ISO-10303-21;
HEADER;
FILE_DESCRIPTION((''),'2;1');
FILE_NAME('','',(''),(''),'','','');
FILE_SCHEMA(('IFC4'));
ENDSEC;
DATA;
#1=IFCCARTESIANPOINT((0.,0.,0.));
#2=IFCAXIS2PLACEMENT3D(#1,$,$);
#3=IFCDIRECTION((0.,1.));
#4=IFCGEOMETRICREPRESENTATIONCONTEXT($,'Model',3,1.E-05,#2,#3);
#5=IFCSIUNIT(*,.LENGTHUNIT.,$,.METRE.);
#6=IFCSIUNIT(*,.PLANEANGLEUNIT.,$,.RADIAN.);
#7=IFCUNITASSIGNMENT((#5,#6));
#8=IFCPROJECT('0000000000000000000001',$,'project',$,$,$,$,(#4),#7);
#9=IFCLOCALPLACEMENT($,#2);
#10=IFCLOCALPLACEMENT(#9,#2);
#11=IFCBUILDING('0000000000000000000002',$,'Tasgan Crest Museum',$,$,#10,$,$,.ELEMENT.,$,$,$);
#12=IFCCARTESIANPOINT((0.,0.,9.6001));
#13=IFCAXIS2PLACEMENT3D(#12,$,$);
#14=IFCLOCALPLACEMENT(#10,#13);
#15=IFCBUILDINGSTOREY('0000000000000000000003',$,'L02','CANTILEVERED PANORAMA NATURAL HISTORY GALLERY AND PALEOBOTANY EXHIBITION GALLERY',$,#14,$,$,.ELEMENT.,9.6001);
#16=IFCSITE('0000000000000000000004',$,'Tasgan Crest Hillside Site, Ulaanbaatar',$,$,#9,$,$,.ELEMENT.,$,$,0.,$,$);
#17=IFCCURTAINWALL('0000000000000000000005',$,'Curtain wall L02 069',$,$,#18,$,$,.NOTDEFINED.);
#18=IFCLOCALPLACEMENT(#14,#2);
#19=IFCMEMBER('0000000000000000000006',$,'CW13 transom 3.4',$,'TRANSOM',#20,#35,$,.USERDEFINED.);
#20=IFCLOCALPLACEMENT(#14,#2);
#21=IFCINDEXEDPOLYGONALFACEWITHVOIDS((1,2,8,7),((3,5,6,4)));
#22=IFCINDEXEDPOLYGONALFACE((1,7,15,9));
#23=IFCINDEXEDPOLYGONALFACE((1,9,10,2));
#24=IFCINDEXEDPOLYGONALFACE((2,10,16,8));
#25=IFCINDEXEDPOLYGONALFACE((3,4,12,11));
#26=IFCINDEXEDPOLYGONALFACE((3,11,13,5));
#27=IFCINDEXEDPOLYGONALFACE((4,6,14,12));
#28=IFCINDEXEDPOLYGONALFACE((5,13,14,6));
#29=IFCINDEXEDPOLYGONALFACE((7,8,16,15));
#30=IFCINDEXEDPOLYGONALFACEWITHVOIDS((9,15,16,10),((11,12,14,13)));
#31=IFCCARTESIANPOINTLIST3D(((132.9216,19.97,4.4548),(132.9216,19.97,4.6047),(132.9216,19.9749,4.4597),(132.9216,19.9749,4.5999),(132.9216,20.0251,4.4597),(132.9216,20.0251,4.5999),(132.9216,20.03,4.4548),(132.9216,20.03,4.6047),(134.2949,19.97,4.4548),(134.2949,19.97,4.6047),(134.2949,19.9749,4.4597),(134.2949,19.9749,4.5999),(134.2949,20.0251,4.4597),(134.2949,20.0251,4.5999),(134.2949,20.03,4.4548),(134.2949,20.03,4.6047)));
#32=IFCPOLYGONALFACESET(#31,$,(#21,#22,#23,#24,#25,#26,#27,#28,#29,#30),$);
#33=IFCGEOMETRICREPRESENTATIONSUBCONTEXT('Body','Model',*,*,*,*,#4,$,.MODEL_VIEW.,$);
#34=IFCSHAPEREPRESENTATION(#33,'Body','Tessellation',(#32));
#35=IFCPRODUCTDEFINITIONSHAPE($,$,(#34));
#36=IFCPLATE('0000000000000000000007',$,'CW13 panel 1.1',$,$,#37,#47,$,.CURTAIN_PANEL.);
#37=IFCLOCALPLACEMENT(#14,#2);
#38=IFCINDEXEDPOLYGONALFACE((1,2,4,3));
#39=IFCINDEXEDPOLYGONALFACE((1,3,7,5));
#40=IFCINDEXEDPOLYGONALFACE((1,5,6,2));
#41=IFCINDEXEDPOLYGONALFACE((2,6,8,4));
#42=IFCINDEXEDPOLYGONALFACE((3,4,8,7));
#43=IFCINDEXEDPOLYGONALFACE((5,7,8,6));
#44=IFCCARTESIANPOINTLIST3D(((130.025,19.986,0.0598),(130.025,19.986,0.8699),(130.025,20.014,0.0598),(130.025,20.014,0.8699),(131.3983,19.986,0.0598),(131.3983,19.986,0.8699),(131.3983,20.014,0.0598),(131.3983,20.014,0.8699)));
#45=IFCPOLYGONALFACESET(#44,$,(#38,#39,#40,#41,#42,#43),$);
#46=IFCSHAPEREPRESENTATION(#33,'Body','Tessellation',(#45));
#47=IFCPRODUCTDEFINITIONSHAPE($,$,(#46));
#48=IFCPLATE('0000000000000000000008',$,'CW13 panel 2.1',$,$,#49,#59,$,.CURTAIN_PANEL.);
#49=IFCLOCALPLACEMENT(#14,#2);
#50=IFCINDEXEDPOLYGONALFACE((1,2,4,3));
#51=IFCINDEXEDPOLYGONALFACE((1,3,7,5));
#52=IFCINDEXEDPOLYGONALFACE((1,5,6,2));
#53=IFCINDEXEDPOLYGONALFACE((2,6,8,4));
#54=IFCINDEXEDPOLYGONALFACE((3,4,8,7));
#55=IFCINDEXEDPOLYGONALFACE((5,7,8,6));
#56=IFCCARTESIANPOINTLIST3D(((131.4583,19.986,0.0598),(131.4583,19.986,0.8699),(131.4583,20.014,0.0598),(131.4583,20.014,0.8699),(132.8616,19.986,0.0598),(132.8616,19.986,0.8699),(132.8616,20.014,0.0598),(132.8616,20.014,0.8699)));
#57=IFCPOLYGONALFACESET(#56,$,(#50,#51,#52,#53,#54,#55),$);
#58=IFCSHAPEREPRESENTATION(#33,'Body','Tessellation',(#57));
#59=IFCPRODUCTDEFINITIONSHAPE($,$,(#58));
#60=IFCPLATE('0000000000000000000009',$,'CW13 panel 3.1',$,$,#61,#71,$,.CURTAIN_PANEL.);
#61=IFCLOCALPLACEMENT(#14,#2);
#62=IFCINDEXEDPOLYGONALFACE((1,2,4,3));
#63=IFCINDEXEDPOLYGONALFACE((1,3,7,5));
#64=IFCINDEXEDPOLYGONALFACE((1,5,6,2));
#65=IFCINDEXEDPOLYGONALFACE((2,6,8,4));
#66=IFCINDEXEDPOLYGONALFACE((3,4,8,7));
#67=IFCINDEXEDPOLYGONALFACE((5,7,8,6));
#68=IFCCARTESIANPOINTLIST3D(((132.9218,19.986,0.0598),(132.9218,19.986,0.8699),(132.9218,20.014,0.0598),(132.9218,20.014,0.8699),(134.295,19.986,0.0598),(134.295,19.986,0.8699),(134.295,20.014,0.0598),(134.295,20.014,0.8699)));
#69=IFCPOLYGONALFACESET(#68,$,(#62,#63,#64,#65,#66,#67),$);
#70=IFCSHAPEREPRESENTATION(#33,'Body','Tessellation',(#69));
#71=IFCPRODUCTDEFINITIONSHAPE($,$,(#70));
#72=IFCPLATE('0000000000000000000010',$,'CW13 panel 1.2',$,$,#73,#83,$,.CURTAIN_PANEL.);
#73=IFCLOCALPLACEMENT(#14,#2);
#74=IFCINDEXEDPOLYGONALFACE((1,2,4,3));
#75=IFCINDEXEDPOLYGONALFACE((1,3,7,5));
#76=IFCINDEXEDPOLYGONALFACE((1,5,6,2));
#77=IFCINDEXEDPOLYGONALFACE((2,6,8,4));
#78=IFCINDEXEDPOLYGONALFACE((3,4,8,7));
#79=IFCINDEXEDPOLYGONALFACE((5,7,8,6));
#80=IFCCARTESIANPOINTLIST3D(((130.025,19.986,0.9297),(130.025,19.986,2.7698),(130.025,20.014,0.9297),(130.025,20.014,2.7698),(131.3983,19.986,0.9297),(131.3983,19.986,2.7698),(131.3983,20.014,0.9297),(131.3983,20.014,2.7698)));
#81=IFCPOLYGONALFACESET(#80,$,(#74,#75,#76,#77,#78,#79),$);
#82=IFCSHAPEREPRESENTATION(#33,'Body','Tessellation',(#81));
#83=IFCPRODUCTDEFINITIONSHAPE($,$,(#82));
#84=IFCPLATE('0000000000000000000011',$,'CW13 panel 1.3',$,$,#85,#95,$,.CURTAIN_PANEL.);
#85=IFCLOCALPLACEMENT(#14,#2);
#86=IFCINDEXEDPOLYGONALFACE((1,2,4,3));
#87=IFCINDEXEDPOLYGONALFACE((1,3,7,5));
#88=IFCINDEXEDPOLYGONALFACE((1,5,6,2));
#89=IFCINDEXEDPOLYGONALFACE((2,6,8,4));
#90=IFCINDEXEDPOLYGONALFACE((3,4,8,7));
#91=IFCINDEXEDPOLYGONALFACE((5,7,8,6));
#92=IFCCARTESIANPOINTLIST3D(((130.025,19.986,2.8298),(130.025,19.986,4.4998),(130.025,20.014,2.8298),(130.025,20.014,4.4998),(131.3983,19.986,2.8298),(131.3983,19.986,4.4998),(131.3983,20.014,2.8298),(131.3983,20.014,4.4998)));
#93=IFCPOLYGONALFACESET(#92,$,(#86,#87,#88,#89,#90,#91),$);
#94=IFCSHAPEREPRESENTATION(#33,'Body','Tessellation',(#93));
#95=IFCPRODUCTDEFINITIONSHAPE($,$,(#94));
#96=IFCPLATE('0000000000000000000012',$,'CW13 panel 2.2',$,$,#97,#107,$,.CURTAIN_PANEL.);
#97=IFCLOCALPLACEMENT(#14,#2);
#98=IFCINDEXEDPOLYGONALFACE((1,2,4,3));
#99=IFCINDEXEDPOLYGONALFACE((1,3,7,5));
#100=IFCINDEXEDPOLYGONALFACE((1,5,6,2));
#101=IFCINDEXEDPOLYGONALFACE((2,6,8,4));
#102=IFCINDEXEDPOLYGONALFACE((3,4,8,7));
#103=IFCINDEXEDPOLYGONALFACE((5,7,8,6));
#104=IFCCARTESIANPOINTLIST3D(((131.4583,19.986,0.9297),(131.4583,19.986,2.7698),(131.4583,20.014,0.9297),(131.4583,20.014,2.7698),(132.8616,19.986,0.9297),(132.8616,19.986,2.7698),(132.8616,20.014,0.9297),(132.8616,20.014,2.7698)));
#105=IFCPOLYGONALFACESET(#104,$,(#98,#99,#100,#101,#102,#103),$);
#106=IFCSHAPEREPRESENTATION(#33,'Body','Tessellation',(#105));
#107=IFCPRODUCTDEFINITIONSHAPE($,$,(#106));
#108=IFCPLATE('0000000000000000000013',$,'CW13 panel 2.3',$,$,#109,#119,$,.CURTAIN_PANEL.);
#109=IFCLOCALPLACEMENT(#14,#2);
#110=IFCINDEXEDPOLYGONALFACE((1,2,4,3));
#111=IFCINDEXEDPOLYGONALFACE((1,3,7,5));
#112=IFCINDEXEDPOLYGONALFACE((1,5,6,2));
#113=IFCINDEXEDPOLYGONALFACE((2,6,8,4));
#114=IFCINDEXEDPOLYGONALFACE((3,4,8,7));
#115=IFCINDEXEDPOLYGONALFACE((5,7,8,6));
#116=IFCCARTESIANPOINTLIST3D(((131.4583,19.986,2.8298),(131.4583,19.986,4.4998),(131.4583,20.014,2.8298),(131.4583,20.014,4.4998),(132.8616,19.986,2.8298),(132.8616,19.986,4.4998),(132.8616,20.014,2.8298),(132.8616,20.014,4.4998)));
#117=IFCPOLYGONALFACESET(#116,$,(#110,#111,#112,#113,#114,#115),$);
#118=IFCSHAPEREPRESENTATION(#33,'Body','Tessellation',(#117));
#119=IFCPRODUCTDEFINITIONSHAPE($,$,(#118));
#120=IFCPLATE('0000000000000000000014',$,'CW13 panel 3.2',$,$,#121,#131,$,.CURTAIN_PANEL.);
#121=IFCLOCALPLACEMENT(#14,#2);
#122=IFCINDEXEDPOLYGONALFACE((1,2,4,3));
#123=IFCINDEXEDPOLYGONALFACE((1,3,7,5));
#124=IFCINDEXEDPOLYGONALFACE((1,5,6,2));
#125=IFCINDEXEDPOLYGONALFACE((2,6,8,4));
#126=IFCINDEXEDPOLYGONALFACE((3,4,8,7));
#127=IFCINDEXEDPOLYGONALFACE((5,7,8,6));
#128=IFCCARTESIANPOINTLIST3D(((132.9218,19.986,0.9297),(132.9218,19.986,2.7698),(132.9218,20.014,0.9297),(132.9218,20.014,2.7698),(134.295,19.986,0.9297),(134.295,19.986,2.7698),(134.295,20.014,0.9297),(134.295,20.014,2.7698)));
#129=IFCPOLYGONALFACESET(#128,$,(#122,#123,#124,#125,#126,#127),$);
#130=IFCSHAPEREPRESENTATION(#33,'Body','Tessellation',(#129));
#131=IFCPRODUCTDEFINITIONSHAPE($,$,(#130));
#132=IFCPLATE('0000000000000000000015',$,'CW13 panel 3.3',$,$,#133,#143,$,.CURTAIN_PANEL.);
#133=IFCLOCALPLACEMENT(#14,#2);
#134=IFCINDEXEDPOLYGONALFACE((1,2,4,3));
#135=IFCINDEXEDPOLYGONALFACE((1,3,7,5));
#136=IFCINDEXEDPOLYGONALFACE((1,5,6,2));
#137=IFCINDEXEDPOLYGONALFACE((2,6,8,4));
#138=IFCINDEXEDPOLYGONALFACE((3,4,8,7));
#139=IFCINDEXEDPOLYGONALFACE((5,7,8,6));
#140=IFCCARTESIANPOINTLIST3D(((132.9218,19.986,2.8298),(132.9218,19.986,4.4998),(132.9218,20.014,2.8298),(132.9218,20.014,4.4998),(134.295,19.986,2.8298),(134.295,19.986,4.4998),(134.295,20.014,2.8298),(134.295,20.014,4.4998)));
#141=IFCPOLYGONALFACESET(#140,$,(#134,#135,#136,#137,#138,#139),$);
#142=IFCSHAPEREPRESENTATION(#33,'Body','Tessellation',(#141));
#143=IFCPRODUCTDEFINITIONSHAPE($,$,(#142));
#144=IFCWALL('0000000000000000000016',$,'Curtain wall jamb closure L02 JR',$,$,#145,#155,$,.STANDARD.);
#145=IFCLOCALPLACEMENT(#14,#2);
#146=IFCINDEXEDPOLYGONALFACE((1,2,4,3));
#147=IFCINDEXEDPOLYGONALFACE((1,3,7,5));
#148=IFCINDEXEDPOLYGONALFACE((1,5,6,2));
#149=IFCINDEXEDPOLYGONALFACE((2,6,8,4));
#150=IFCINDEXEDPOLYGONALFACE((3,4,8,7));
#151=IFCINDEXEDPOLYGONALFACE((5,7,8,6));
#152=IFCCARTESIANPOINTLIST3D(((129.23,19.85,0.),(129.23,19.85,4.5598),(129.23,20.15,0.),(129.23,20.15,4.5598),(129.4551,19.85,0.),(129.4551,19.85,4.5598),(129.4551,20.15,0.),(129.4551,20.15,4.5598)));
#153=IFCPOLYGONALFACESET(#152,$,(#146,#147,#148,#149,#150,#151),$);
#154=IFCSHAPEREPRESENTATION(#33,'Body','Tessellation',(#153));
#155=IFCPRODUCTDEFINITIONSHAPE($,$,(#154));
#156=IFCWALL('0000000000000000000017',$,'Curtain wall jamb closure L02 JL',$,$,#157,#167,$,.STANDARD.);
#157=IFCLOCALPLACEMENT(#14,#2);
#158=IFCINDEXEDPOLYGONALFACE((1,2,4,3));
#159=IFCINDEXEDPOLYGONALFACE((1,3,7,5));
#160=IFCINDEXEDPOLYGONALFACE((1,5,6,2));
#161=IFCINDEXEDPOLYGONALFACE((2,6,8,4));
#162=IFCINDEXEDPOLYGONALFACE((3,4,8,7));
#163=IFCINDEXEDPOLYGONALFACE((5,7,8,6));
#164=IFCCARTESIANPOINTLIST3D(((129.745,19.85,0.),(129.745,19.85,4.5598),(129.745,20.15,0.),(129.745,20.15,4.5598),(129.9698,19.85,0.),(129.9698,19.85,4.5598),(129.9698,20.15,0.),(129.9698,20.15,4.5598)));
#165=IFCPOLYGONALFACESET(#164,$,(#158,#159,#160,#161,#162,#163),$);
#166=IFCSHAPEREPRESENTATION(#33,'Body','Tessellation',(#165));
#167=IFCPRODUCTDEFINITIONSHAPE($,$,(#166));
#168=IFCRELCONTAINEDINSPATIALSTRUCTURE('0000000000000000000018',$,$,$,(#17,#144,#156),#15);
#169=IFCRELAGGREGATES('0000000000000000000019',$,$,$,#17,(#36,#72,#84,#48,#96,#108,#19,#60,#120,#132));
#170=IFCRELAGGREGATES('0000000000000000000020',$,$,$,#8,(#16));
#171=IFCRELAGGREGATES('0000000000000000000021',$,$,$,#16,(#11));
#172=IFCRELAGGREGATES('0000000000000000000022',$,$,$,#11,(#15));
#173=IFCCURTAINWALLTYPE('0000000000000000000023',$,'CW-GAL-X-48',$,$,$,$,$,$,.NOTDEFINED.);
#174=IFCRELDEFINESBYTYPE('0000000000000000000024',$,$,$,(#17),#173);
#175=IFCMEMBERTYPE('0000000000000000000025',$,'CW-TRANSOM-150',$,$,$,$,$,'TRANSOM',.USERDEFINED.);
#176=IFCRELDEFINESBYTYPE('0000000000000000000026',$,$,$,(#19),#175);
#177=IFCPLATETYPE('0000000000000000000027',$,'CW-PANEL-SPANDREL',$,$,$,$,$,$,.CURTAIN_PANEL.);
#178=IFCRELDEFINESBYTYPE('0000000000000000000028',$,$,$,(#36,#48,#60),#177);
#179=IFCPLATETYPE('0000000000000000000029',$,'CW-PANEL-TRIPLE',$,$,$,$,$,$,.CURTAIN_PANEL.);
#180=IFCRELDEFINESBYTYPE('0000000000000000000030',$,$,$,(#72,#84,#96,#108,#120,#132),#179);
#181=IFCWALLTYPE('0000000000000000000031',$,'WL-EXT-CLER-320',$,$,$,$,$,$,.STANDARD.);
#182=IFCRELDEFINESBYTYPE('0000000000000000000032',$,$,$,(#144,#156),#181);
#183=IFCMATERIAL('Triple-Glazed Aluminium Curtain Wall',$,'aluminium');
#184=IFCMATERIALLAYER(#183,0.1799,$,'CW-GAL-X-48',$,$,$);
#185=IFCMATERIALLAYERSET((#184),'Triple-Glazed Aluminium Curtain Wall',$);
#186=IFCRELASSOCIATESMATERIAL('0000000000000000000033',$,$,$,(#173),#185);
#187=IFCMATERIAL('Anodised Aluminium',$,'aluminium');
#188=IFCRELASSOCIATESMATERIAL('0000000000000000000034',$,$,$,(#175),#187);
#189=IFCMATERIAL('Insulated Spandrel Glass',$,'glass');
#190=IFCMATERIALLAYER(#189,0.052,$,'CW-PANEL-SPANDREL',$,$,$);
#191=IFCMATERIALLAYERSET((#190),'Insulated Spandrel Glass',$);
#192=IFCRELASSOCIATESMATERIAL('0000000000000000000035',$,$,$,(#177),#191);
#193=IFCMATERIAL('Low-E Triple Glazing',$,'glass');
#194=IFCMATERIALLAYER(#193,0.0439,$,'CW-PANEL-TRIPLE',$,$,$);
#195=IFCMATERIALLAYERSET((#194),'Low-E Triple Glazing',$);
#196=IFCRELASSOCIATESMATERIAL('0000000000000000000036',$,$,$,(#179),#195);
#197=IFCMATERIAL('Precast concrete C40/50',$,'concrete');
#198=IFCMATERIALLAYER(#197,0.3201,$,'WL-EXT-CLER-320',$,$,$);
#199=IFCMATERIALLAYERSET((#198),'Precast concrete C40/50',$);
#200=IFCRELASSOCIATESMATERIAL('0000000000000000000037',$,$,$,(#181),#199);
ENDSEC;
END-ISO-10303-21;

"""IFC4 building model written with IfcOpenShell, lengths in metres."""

from ifc_helpers import new_model, si_unit, direction, frame, frame_2d, origin, origin_2d, place, context, subcontext, project, spatial, rectangle, hollow_rectangle, extrude, material, layer, layer_set, material_profile, profile_set, type_object, element, aggregate, save


model = new_model("IFC4")

# Units and contexts
model_context = context("Model", 3, precision=1e-05, world=origin(), true_north=direction((0.0, 1.0)))
body_context = subcontext(model_context, "Body", "Model", "MODEL_VIEW")
ifc_project = project(units=[si_unit("LENGTHUNIT", "METRE"), si_unit("PLANEANGLEUNIT", "RADIAN")], contexts=[model_context])

# Site, building, storey
site_placement = place(None, origin())
site = spatial("IfcSite", under=ifc_project, at=site_placement, Name="Tasgan Crest Hillside Site, Ulaanbaatar", CompositionType="ELEMENT", RefElevation=0.0)
building_placement = place(site_placement, origin())
building = spatial("IfcBuilding", under=site, at=building_placement, Name="Tasgan Crest Museum", CompositionType="ELEMENT")
storey_placement = place(building_placement, frame((0.0, 0.0, 9.6001)))
storey = spatial("IfcBuildingStorey", under=building, at=storey_placement, Name="L02", Description="CANTILEVERED PANORAMA NATURAL HISTORY GALLERY AND PALEOBOTANY EXHIBITION GALLERY", CompositionType="ELEMENT", Elevation=9.6001)

# Curtain wall, member, plates
ifc_material_1 = material(Name="Triple-Glazed Aluminium Curtain Wall", Category="aluminium")
ifc_layer_1 = layer(ifc_material_1, 0.1799, Name="CW-GAL-X-48")
ifc_layer_set_1 = layer_set([ifc_layer_1], Name="Triple-Glazed Aluminium Curtain Wall")
curtain_wall_type = type_object("IfcCurtainWallType", Name="CW-GAL-X-48", PredefinedType="NOTDEFINED", material=ifc_layer_set_1)
curtain_wall_placement = place(storey_placement, origin())
curtain_wall = element("IfcCurtainWall", 1, at=curtain_wall_placement, inside=storey, type_object=curtain_wall_type, Name="Curtain wall L02 069", PredefinedType="NOTDEFINED")
ifc_material_2 = material(Name="Anodised Aluminium", Category="aluminium")
ifc_material_profile_1 = material_profile(ifc_material_2, hollow_rectangle(XDim=0.0601, YDim=0.1499, WallThickness=0.0049, at=origin_2d()), Name="ALU TRANSOM 150x60x5")
ifc_profile_set_1 = profile_set([ifc_material_profile_1], Name="Anodised Aluminium")
member_type_1 = type_object("IfcMemberType", Name="CW-TRANSOM-150", ElementType="TRANSOM", PredefinedType="USERDEFINED", material=ifc_profile_set_1)
member_1_placement = place(storey_placement, frame((132.9216, 20.0, 4.5298), z_axis=(1.0, 0.0, 0.0), x_axis=(0.0, 1.0, 0.0)))
member_1 = element("IfcMember", 2, at=member_1_placement, type_object=member_type_1, Name="CW13 transom 3.4", ObjectType="TRANSOM", PredefinedType="USERDEFINED", context=body_context, shape_type="SweptSolid", body=[
    extrude(hollow_rectangle(XDim=0.0601, YDim=0.1499, WallThickness=0.0049, at=origin_2d()), origin(), (0.0, 0.0, 1.0), 1.3733),
])
ifc_material_3 = material(Name="Insulated Spandrel Glass", Category="glass")
ifc_layer_2 = layer(ifc_material_3, 0.052, Name="CW-PANEL-SPANDREL")
ifc_layer_set_2 = layer_set([ifc_layer_2], Name="Insulated Spandrel Glass")
plate_type_1 = type_object("IfcPlateType", Name="CW-PANEL-SPANDREL", PredefinedType="CURTAIN_PANEL", material=ifc_layer_set_2)
plate_1_placement = place(storey_placement, frame((130.7117, 20.0, 0.0598), z_axis=(0.0, 0.0, 1.0), x_axis=(1.0, 0.0, 0.0)))
plate_1 = element("IfcPlate", 3, at=plate_1_placement, type_object=plate_type_1, Name="CW13 panel 1.1", PredefinedType="CURTAIN_PANEL", context=body_context, shape_type="SweptSolid", body=[
    extrude(rectangle(XDim=1.3733, YDim=0.0281, at=origin_2d()), origin(), (0.0, 0.0, 1.0), 0.8101),
])
plate_2_placement = place(storey_placement, frame((132.1599, 20.0, 0.0598), z_axis=(0.0, 0.0, 1.0), x_axis=(1.0, 0.0, 0.0)))
plate_2 = element("IfcPlate", 4, at=plate_2_placement, type_object=plate_type_1, Name="CW13 panel 2.1", PredefinedType="CURTAIN_PANEL", context=body_context, shape_type="SweptSolid", body=[
    extrude(rectangle(XDim=1.4033, YDim=0.0281, at=origin_2d()), origin(), (0.0, 0.0, 1.0), 0.8101),
])
plate_3_placement = place(storey_placement, frame((133.6084, 20.0, 0.0598), z_axis=(0.0, 0.0, 1.0), x_axis=(1.0, 0.0, 0.0)))
plate_3 = element("IfcPlate", 5, at=plate_3_placement, type_object=plate_type_1, Name="CW13 panel 3.1", PredefinedType="CURTAIN_PANEL", context=body_context, shape_type="SweptSolid", body=[
    extrude(rectangle(XDim=1.3733, YDim=0.0281, at=origin_2d()), origin(), (0.0, 0.0, 1.0), 0.8101),
])
ifc_material_4 = material(Name="Low-E Triple Glazing", Category="glass")
ifc_layer_3 = layer(ifc_material_4, 0.0439, Name="CW-PANEL-TRIPLE")
ifc_layer_set_3 = layer_set([ifc_layer_3], Name="Low-E Triple Glazing")
plate_type_2 = type_object("IfcPlateType", Name="CW-PANEL-TRIPLE", PredefinedType="CURTAIN_PANEL", material=ifc_layer_set_3)
plate_4_placement = place(storey_placement, frame((130.7117, 20.0, 0.9297), z_axis=(0.0, 0.0, 1.0), x_axis=(1.0, 0.0, 0.0)))
plate_4 = element("IfcPlate", 6, at=plate_4_placement, type_object=plate_type_2, Name="CW13 panel 1.2", PredefinedType="CURTAIN_PANEL", context=body_context, shape_type="SweptSolid", body=[
    extrude(rectangle(XDim=1.3733, YDim=0.0281, at=origin_2d()), origin(), (0.0, 0.0, 1.0), 1.8401),
])
plate_5_placement = place(storey_placement, frame((130.7117, 20.0, 2.8298), z_axis=(0.0, 0.0, 1.0), x_axis=(1.0, 0.0, 0.0)))
plate_5 = element("IfcPlate", 7, at=plate_5_placement, type_object=plate_type_2, Name="CW13 panel 1.3", PredefinedType="CURTAIN_PANEL", context=body_context, shape_type="SweptSolid", body=[
    extrude(rectangle(XDim=1.3733, YDim=0.0281, at=origin_2d()), origin(), (0.0, 0.0, 1.0), 1.6699),
])
plate_6_placement = place(storey_placement, frame((132.1599, 20.0, 0.9297), z_axis=(0.0, 0.0, 1.0), x_axis=(1.0, 0.0, 0.0)))
plate_6 = element("IfcPlate", 8, at=plate_6_placement, type_object=plate_type_2, Name="CW13 panel 2.2", PredefinedType="CURTAIN_PANEL", context=body_context, shape_type="SweptSolid", body=[
    extrude(rectangle(XDim=1.4033, YDim=0.0281, at=origin_2d()), origin(), (0.0, 0.0, 1.0), 1.8401),
])
plate_7_placement = place(storey_placement, frame((132.1599, 20.0, 2.8298), z_axis=(0.0, 0.0, 1.0), x_axis=(1.0, 0.0, 0.0)))
plate_7 = element("IfcPlate", 9, at=plate_7_placement, type_object=plate_type_2, Name="CW13 panel 2.3", PredefinedType="CURTAIN_PANEL", context=body_context, shape_type="SweptSolid", body=[
    extrude(rectangle(XDim=1.4033, YDim=0.0281, at=origin_2d()), origin(), (0.0, 0.0, 1.0), 1.6699),
])
plate_8_placement = place(storey_placement, frame((133.6084, 20.0, 0.9297), z_axis=(0.0, 0.0, 1.0), x_axis=(1.0, 0.0, 0.0)))
plate_8 = element("IfcPlate", 10, at=plate_8_placement, type_object=plate_type_2, Name="CW13 panel 3.2", PredefinedType="CURTAIN_PANEL", context=body_context, shape_type="SweptSolid", body=[
    extrude(rectangle(XDim=1.3733, YDim=0.0281, at=origin_2d()), origin(), (0.0, 0.0, 1.0), 1.8401),
])
plate_9_placement = place(storey_placement, frame((133.6084, 20.0, 2.8298), z_axis=(0.0, 0.0, 1.0), x_axis=(1.0, 0.0, 0.0)))
plate_9 = element("IfcPlate", 11, at=plate_9_placement, type_object=plate_type_2, Name="CW13 panel 3.3", PredefinedType="CURTAIN_PANEL", context=body_context, shape_type="SweptSolid", body=[
    extrude(rectangle(XDim=1.3733, YDim=0.0281, at=origin_2d()), origin(), (0.0, 0.0, 1.0), 1.6699),
])
aggregate(curtain_wall, [plate_1, plate_4, plate_5, plate_2, plate_6, plate_7, member_1, plate_3, plate_8, plate_9])

# Walls
ifc_material_5 = material(Name="Precast concrete C40/50", Category="concrete")
ifc_layer_4 = layer(ifc_material_5, 0.3201, Name="WL-EXT-CLER-320")
ifc_layer_set_4 = layer_set([ifc_layer_4], Name="Precast concrete C40/50")
wall_type = type_object("IfcWallType", Name="WL-EXT-CLER-320", PredefinedType="STANDARD", material=ifc_layer_set_4)
wall_1_placement = place(storey_placement, frame((129.23, 20.0, 0.0), z_axis=(0.0, 0.0, 1.0), x_axis=(1.0, 0.0, 0.0)))
element("IfcWall", 12, at=wall_1_placement, inside=storey, type_object=wall_type, Name="Curtain wall jamb closure L02 JR", PredefinedType="STANDARD", context=body_context, shape_type="SweptSolid", body=[
    extrude(rectangle(XDim=0.2251, YDim=0.3, at=frame_2d((0.1125, 0.0))), origin(), (0.0, 0.0, 1.0), 4.5598),
])
wall_2_placement = place(storey_placement, frame((129.7451, 20.0, 0.0), z_axis=(0.0, 0.0, 1.0), x_axis=(1.0, 0.0, 0.0)))
element("IfcWall", 13, at=wall_2_placement, inside=storey, type_object=wall_type, Name="Curtain wall jamb closure L02 JL", PredefinedType="STANDARD", context=body_context, shape_type="SweptSolid", body=[
    extrude(rectangle(XDim=0.2249, YDim=0.3, at=frame_2d((0.1123, 0.0))), origin(), (0.0, 0.0, 1.0), 4.5598),
])

save(model, "model.ifc")
